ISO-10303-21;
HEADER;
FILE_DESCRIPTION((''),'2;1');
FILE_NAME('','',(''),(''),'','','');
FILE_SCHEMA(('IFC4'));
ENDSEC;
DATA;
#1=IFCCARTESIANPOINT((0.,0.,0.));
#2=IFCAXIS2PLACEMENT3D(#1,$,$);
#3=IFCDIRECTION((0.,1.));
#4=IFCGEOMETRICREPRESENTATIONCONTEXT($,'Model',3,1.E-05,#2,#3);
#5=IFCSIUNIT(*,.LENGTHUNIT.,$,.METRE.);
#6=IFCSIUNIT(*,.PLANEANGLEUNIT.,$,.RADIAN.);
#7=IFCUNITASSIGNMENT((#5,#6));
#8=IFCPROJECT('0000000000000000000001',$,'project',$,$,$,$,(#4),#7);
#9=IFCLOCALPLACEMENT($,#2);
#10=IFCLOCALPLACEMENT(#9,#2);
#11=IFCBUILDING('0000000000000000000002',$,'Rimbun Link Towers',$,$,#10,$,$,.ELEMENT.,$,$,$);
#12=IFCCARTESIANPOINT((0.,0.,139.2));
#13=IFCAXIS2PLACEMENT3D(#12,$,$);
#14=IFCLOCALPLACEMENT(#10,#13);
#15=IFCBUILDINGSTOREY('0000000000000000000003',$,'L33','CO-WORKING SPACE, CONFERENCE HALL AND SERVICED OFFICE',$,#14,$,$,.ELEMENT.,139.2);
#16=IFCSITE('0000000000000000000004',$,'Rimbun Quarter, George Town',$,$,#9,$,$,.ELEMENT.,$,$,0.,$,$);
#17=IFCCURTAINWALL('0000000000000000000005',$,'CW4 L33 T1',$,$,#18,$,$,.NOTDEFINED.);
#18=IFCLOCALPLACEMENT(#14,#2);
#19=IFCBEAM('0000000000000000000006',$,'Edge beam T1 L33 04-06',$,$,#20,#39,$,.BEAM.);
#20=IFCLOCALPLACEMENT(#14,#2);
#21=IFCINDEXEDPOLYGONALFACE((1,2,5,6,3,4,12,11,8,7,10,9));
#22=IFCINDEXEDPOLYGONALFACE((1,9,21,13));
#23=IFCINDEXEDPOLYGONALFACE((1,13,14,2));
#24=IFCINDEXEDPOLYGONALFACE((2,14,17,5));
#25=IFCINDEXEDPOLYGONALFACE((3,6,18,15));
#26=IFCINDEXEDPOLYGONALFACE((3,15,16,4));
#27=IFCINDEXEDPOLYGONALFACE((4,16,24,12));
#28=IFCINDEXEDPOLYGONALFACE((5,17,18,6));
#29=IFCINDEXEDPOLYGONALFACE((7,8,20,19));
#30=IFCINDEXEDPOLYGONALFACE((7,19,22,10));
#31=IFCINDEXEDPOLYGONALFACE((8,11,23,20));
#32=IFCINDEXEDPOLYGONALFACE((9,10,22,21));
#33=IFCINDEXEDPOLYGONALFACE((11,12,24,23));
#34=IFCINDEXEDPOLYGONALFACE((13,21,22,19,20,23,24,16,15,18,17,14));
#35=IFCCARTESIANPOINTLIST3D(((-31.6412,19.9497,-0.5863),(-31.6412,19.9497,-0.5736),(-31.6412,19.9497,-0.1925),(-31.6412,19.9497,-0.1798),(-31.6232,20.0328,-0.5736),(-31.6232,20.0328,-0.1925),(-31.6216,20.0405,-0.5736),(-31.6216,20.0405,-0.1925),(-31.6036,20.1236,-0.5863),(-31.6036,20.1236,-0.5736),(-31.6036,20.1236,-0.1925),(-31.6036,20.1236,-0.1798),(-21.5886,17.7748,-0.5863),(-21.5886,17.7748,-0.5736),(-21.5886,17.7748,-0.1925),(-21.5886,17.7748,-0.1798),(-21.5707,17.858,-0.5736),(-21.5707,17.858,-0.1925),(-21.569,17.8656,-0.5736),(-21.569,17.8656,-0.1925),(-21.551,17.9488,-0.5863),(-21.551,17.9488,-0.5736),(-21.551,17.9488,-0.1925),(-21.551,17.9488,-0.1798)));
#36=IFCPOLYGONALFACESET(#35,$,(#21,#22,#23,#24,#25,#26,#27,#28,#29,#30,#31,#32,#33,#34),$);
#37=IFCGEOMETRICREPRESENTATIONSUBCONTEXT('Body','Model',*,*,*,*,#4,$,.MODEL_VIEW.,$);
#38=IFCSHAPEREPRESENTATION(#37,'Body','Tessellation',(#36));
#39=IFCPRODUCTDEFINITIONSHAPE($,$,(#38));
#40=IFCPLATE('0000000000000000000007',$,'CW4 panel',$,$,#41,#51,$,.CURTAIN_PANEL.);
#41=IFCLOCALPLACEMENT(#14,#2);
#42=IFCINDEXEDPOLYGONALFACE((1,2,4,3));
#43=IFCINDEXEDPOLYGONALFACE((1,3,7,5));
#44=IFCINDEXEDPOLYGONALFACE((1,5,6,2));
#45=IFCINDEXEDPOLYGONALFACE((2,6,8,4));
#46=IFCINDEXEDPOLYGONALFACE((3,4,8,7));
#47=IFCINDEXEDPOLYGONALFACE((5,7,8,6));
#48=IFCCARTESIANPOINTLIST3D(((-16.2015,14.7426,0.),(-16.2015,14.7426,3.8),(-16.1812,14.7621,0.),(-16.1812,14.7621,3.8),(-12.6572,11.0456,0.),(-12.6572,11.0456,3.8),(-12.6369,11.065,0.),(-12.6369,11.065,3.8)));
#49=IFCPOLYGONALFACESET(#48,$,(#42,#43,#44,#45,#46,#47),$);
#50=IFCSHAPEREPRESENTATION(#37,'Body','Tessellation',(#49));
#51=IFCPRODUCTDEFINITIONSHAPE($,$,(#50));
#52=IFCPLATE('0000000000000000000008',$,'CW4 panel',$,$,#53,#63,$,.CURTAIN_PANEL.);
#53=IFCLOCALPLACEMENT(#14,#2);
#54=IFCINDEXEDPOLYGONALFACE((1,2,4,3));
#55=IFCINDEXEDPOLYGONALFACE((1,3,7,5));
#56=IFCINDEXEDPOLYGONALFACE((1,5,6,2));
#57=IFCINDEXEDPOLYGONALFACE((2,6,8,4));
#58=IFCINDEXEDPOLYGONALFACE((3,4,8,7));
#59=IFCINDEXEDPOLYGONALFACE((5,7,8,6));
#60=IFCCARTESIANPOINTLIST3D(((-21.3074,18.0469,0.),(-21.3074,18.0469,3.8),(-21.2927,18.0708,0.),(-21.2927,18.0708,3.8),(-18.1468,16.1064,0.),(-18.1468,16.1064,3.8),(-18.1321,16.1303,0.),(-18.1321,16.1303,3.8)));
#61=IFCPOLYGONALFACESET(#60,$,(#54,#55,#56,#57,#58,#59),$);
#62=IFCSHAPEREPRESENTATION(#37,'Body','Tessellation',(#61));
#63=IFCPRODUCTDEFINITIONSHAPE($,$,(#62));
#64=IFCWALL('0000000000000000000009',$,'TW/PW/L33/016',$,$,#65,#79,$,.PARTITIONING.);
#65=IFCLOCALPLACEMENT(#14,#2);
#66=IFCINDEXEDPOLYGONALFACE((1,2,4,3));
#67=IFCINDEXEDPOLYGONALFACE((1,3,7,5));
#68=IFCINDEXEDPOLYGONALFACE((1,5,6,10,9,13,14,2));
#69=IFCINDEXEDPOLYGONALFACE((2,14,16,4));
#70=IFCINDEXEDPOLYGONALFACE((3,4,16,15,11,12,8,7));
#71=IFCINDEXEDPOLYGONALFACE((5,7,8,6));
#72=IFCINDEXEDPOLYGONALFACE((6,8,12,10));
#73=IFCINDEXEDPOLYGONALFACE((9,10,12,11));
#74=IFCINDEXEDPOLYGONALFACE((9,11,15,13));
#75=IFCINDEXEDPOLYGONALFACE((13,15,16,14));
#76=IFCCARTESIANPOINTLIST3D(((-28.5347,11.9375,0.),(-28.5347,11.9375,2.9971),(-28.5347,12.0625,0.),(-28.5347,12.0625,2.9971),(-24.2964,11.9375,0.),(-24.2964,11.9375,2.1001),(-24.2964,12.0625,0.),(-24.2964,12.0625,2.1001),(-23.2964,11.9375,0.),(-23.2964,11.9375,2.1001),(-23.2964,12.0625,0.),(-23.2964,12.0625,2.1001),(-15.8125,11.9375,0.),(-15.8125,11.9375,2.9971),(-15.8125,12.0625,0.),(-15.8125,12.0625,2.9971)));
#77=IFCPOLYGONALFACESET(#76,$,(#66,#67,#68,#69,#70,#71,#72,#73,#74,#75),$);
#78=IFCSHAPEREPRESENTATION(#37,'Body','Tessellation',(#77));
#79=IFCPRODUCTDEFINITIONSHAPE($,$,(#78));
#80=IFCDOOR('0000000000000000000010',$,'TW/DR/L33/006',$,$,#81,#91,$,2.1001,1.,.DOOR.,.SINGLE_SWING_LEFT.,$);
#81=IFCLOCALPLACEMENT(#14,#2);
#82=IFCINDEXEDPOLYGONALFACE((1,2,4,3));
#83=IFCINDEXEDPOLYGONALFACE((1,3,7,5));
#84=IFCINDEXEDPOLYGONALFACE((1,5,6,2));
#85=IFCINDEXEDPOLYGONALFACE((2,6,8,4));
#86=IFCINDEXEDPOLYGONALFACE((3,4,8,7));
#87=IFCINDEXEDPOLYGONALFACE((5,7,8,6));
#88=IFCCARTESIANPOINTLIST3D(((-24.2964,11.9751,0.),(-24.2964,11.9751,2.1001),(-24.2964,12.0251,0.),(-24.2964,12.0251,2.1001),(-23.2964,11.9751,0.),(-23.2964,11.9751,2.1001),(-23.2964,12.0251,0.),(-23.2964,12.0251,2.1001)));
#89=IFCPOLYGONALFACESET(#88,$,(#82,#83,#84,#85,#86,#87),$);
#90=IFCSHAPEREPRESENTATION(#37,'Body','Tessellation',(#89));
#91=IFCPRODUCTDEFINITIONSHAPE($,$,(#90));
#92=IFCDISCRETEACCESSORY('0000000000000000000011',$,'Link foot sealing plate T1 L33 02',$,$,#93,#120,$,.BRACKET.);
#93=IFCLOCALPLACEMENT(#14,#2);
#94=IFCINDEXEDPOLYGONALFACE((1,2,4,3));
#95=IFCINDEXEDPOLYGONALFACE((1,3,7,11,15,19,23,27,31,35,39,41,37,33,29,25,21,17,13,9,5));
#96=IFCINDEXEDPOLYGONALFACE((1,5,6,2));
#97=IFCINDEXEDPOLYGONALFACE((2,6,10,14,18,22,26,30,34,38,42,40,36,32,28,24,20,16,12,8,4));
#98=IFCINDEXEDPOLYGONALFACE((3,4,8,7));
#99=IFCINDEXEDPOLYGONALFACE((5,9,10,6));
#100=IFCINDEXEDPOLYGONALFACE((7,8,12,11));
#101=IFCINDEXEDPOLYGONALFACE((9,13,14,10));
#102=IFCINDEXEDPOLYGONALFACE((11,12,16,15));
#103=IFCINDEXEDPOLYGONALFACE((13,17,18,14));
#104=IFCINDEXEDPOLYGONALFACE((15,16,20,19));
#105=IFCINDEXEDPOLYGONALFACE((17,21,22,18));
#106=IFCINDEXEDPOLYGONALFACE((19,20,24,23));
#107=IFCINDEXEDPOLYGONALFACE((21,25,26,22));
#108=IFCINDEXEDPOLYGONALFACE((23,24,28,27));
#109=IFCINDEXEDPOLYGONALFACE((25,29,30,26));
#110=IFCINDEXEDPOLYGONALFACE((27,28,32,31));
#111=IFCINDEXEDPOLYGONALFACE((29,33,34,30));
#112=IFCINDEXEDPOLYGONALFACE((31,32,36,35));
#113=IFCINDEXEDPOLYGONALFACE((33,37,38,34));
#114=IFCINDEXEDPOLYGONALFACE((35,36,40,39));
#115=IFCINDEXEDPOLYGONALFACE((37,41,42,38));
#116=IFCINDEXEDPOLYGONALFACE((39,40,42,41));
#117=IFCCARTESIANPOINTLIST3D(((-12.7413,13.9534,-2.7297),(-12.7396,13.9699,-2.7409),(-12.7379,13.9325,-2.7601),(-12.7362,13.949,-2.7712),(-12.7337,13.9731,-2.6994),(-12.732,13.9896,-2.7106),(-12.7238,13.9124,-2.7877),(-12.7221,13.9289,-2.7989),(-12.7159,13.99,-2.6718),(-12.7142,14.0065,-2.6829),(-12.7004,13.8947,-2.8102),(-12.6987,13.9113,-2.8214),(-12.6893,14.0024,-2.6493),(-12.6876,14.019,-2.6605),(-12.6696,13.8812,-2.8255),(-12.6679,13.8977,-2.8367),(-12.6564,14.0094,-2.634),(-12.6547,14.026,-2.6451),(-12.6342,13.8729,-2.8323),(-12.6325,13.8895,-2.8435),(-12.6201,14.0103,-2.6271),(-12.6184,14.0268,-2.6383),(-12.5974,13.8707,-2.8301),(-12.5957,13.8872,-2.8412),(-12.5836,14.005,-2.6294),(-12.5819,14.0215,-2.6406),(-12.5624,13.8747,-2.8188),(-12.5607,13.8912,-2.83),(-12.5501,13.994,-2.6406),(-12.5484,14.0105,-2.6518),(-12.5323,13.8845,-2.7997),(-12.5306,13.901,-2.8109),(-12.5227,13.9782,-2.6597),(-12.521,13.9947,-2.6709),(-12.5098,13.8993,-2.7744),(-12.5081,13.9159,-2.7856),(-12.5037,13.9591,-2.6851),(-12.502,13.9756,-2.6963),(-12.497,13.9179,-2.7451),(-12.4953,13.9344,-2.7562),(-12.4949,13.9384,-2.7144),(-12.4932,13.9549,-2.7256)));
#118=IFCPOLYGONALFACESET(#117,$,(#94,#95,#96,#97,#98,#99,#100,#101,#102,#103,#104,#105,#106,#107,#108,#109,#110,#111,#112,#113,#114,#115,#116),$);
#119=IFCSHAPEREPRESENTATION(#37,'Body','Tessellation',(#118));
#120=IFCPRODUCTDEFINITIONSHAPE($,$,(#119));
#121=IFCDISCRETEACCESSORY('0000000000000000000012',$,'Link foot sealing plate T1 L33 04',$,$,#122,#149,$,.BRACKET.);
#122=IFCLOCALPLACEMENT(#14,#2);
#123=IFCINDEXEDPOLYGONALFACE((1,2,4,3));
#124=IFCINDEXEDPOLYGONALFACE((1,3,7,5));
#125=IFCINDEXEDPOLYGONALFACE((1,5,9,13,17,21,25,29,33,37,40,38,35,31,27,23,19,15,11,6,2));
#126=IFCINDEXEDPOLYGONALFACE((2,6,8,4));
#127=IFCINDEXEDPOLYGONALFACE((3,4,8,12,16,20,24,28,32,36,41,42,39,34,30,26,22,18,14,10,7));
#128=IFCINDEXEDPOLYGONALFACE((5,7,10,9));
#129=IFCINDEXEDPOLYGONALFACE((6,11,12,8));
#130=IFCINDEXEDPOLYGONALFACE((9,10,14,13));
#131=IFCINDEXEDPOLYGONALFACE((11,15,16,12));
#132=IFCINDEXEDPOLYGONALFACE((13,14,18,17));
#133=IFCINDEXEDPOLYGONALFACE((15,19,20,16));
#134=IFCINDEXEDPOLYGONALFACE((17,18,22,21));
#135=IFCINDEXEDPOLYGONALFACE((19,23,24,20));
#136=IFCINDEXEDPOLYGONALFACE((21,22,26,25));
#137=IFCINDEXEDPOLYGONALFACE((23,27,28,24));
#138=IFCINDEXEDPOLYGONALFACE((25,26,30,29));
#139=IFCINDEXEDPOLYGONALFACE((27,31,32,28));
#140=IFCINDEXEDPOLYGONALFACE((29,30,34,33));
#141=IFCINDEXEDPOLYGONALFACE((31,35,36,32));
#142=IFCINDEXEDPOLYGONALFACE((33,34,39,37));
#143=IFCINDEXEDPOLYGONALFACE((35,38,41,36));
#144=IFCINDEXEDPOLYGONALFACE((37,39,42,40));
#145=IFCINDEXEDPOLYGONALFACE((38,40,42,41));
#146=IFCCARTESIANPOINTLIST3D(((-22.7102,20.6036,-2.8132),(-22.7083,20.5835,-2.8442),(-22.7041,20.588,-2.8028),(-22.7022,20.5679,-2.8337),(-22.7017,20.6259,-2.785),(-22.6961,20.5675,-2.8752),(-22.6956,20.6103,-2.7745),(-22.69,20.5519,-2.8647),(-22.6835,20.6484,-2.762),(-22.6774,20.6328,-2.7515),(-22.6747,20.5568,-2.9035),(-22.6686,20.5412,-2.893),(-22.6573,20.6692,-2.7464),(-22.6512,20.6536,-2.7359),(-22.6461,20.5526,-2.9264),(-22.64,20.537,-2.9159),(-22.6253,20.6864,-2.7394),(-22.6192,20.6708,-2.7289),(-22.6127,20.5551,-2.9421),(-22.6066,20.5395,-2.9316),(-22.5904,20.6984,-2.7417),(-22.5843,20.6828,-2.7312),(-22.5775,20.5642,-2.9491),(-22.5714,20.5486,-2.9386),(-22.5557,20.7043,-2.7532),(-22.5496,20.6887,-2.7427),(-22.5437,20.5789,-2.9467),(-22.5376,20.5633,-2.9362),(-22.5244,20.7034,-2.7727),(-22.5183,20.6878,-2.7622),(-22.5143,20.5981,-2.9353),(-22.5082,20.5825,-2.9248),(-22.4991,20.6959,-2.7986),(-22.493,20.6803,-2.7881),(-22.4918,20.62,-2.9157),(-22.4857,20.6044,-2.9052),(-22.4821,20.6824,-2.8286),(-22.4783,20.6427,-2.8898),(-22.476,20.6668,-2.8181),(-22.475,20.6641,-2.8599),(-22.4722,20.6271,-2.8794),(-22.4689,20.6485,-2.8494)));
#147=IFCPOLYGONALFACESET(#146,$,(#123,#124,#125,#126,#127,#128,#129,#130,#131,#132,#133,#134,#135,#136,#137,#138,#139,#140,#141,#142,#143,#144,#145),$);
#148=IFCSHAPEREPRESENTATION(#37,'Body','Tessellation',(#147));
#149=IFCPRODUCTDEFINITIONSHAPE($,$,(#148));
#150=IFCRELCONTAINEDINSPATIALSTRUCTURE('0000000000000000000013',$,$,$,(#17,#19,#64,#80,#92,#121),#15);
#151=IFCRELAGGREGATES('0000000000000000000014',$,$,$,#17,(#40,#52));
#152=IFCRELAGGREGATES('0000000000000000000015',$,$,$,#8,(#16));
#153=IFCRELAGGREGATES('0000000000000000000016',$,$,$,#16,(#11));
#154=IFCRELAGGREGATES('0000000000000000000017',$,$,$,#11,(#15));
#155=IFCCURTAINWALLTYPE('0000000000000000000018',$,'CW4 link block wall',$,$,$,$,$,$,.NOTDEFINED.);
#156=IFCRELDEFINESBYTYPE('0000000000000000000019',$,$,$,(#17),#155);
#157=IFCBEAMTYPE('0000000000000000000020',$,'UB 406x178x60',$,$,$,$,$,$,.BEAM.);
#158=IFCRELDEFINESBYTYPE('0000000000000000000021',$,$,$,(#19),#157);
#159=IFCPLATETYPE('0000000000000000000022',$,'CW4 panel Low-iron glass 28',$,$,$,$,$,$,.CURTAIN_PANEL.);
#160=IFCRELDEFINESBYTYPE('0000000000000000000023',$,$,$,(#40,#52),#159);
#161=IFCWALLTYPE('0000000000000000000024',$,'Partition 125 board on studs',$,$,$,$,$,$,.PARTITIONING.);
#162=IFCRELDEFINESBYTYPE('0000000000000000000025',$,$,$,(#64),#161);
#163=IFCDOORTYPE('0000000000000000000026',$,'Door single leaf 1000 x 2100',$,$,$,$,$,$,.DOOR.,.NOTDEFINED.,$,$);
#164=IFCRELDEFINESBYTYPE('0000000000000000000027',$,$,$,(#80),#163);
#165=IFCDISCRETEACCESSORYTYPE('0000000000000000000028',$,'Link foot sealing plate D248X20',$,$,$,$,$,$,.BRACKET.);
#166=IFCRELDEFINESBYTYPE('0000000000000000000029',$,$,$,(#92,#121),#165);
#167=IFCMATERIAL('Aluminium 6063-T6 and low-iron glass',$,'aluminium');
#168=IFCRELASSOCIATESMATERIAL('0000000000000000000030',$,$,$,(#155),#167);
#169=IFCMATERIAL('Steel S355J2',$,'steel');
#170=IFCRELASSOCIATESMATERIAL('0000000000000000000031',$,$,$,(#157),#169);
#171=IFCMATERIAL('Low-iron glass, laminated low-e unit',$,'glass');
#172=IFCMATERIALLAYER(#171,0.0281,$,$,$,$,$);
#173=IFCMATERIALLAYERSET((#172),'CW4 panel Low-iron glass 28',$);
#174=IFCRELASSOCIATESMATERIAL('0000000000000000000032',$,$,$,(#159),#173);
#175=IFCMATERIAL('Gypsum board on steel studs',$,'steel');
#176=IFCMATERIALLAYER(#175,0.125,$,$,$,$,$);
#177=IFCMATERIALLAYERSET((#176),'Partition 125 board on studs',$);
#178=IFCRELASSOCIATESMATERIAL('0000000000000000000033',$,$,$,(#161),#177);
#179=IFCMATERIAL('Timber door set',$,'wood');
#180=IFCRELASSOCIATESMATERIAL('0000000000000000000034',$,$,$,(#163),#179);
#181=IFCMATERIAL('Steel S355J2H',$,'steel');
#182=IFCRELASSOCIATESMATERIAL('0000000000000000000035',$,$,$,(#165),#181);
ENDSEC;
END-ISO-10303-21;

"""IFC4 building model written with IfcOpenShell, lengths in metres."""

from ifc_helpers import new_model, si_unit, direction, frame, frame_2d, origin, origin_2d, place, context, subcontext, project, spatial, rectangle, circle, i_section, extrude, material, layer, layer_set, material_profile, profile_set, type_object, element, fill, aggregate, save


model = new_model("IFC4")

# Units and contexts
model_context = context("Model", 3, precision=1e-05, world=origin(), true_north=direction((0.0, 1.0)))
body_context = subcontext(model_context, "Body", "Model", "MODEL_VIEW")
ifc_project = project(units=[si_unit("LENGTHUNIT", "METRE"), si_unit("PLANEANGLEUNIT", "RADIAN")], contexts=[model_context])

# Site, building, storey
site_placement = place(None, origin())
site = spatial("IfcSite", under=ifc_project, at=site_placement, Name="Rimbun Quarter, George Town", CompositionType="ELEMENT", RefElevation=0.0)
building_placement = place(site_placement, origin())
building = spatial("IfcBuilding", under=site, at=building_placement, Name="Rimbun Link Towers", CompositionType="ELEMENT")
storey_placement = place(building_placement, frame((0.0, 0.0, 139.2)))
storey = spatial("IfcBuildingStorey", under=building, at=storey_placement, Name="L33", Description="CO-WORKING SPACE, CONFERENCE HALL AND SERVICED OFFICE", CompositionType="ELEMENT", Elevation=139.2)

# Curtain wall
ifc_material_1 = material(Name="Aluminium 6063-T6 and low-iron glass", Category="aluminium")
curtain_wall_type = type_object("IfcCurtainWallType", Name="CW4 link block wall", PredefinedType="NOTDEFINED", material=ifc_material_1)
curtain_wall_1_placement = place(storey_placement, origin())
curtain_wall_1 = element("IfcCurtainWall", 1, at=curtain_wall_1_placement, inside=storey, type_object=curtain_wall_type, Name="CW4 L33 T1", PredefinedType="NOTDEFINED")

# Beam
ifc_material_2 = material(Name="Steel S355J2", Category="steel")
ifc_material_profile_1 = material_profile(ifc_material_2, i_section(OverallWidth=0.178, OverallDepth=0.4065, WebThickness=0.0078, FlangeThickness=0.0127, at=origin_2d()), Name="UB 406x178x60")
ifc_profile_set_1 = profile_set([ifc_material_profile_1], Name="Steel S355J2")
beam_type_1 = type_object("IfcBeamType", Name="UB 406x178x60", PredefinedType="BEAM", material=ifc_profile_set_1)
beam_1_placement = place(storey_placement, frame((-21.5698, 17.8618, -0.3831), z_axis=(-0.977388, 0.211453, 0.0), x_axis=(-0.211453, -0.977388, 0.0)))
element("IfcBeam", 2, at=beam_1_placement, inside=storey, type_object=beam_type_1, Name="Edge beam T1 L33 04-06", PredefinedType="BEAM", context=body_context, shape_type="SweptSolid", body=[
    extrude(i_section(OverallWidth=0.178, OverallDepth=0.4065, WebThickness=0.0078, FlangeThickness=0.0127, at=origin_2d()), origin(), (0.0, 0.0, 1.0), 10.2852),
])

# Plates
ifc_material_3 = material(Name="Low-iron glass, laminated low-e unit", Category="glass")
ifc_layer_1 = layer(ifc_material_3, 0.0281)
ifc_layer_set_1 = layer_set([ifc_layer_1], Name="CW4 panel Low-iron glass 28")
plate_type = type_object("IfcPlateType", Name="CW4 panel Low-iron glass 28", PredefinedType="CURTAIN_PANEL", material=ifc_layer_set_1)
plate_1_placement = place(storey_placement, frame((-14.4192, 12.9038, 0.0), z_axis=(0.0, 0.0, 1.0), x_axis=(0.692041, -0.721858, 0.0)))
plate_1 = element("IfcPlate", 3, at=plate_1_placement, type_object=plate_type, Name="CW4 panel", PredefinedType="CURTAIN_PANEL", context=body_context, shape_type="SweptSolid", body=[
    extrude(rectangle(XDim=5.1216, YDim=0.0281, at=origin_2d()), origin(), (0.0, 0.0, 1.0), 3.8),
])
plate_2_placement = place(storey_placement, frame((-19.7197, 17.0886, 0.0), z_axis=(0.0, 0.0, 1.0), x_axis=(0.852194, -0.523225, 0.0)))
plate_2 = element("IfcPlate", 4, at=plate_2_placement, type_object=plate_type, Name="CW4 panel", PredefinedType="CURTAIN_PANEL", context=body_context, shape_type="SweptSolid", body=[
    extrude(rectangle(XDim=3.7087, YDim=0.0281, at=origin_2d()), origin(), (0.0, 0.0, 1.0), 3.8),
])
aggregate(curtain_wall_1, [plate_1, plate_2])

# Wall, opening, door
ifc_material_4 = material(Name="Gypsum board on steel studs", Category="steel")
ifc_layer_2 = layer(ifc_material_4, 0.125)
ifc_layer_set_2 = layer_set([ifc_layer_2], Name="Partition 125 board on studs")
wall_type = type_object("IfcWallType", Name="Partition 125 board on studs", PredefinedType="PARTITIONING", material=ifc_layer_set_2)
wall_placement = place(storey_placement, frame((-15.8125, 12.0, 0.0), z_axis=(0.0, 0.0, 1.0), x_axis=(-1.0, 0.0, 0.0)))
wall = element("IfcWall", 5, at=wall_placement, inside=storey, type_object=wall_type, Name="TW/PW/L33/016", PredefinedType="PARTITIONING", context=body_context, shape_type="SweptSolid", body=[
    extrude(rectangle(XDim=12.7222, YDim=0.125, at=frame_2d((6.3611, 0.0))), origin(), (0.0, 0.0, 1.0), 2.9971),
])
opening_placement = place(wall_placement, frame((7.4839, 0.0, 0.0)))
opening = element("IfcOpeningElement", 6, at=opening_placement, cuts=wall, PredefinedType="OPENING", context=body_context, shape_type="SweptSolid", body=[
    extrude(rectangle(XDim=1.0, YDim=2.1001, at=frame_2d((0.5, 1.05))), frame((0.0, 0.0725, 0.0), z_axis=(0.0, -1.0, 0.0), x_axis=(1.0, 0.0, 0.0)), (0.0, 0.0, 1.0), 0.145),
])
ifc_material_5 = material(Name="Timber door set", Category="wood")
door_type = type_object("IfcDoorType", Name="Door single leaf 1000 x 2100", OperationType="NOTDEFINED", PredefinedType="DOOR", material=ifc_material_5)
door_placement = place(opening_placement, origin())
door = element("IfcDoor", 7, at=door_placement, inside=storey, type_object=door_type, Name="TW/DR/L33/006", OperationType="SINGLE_SWING_LEFT", OverallHeight=2.1001, OverallWidth=1.0, PredefinedType="DOOR", context=body_context, shape_type="SweptSolid", body=[
    extrude(rectangle(XDim=1.0, YDim=2.1001, at=frame_2d((0.5, 1.05))), frame((0.0, 0.0249, 0.0), z_axis=(0.0, -1.0, 0.0), x_axis=(1.0, 0.0, 0.0)), (0.0, 0.0, 1.0), 0.05),
])
fill(opening, door)

# Discrete accessories
ifc_material_6 = material(Name="Steel S355J2H", Category="steel")
ifc_material_profile_2 = material_profile(ifc_material_6, circle(Radius=0.124, at=origin_2d()), Name="PL D248")
ifc_profile_set_2 = profile_set([ifc_material_profile_2], Name="Steel S355J2H")
discrete_accessory_type = type_object("IfcDiscreteAccessoryType", Name="Link foot sealing plate D248X20", PredefinedType="BRACKET", material=ifc_profile_set_2)
discrete_accessory_1_placement = place(storey_placement, frame((-12.6179, 13.9407, -2.7297), z_axis=(0.084956, 0.825289, -0.558284), x_axis=(-0.994743, 0.1024, 0.0)))
element("IfcDiscreteAccessory", 8, at=discrete_accessory_1_placement, inside=storey, type_object=discrete_accessory_type, Name="Link foot sealing plate T1 L33 02", PredefinedType="BRACKET", context=body_context, shape_type="SweptSolid", body=[
    extrude(circle(Radius=0.124, at=origin_2d()), origin(), (0.0, 0.0, 1.0), 0.02),
])
discrete_accessory_2_placement = place(storey_placement, frame((-22.5867, 20.613, -2.8337), z_axis=(-0.308431, 0.789582, -0.5305), x_axis=(-0.931457, -0.363851, 0.0)))
element("IfcDiscreteAccessory", 9, at=discrete_accessory_2_placement, inside=storey, type_object=discrete_accessory_type, Name="Link foot sealing plate T1 L33 04", PredefinedType="BRACKET", context=body_context, shape_type="SweptSolid", body=[
    extrude(circle(Radius=0.124, at=origin_2d()), origin(), (0.0, 0.0, 1.0), 0.0198),
])

save(model, "model.ifc")
